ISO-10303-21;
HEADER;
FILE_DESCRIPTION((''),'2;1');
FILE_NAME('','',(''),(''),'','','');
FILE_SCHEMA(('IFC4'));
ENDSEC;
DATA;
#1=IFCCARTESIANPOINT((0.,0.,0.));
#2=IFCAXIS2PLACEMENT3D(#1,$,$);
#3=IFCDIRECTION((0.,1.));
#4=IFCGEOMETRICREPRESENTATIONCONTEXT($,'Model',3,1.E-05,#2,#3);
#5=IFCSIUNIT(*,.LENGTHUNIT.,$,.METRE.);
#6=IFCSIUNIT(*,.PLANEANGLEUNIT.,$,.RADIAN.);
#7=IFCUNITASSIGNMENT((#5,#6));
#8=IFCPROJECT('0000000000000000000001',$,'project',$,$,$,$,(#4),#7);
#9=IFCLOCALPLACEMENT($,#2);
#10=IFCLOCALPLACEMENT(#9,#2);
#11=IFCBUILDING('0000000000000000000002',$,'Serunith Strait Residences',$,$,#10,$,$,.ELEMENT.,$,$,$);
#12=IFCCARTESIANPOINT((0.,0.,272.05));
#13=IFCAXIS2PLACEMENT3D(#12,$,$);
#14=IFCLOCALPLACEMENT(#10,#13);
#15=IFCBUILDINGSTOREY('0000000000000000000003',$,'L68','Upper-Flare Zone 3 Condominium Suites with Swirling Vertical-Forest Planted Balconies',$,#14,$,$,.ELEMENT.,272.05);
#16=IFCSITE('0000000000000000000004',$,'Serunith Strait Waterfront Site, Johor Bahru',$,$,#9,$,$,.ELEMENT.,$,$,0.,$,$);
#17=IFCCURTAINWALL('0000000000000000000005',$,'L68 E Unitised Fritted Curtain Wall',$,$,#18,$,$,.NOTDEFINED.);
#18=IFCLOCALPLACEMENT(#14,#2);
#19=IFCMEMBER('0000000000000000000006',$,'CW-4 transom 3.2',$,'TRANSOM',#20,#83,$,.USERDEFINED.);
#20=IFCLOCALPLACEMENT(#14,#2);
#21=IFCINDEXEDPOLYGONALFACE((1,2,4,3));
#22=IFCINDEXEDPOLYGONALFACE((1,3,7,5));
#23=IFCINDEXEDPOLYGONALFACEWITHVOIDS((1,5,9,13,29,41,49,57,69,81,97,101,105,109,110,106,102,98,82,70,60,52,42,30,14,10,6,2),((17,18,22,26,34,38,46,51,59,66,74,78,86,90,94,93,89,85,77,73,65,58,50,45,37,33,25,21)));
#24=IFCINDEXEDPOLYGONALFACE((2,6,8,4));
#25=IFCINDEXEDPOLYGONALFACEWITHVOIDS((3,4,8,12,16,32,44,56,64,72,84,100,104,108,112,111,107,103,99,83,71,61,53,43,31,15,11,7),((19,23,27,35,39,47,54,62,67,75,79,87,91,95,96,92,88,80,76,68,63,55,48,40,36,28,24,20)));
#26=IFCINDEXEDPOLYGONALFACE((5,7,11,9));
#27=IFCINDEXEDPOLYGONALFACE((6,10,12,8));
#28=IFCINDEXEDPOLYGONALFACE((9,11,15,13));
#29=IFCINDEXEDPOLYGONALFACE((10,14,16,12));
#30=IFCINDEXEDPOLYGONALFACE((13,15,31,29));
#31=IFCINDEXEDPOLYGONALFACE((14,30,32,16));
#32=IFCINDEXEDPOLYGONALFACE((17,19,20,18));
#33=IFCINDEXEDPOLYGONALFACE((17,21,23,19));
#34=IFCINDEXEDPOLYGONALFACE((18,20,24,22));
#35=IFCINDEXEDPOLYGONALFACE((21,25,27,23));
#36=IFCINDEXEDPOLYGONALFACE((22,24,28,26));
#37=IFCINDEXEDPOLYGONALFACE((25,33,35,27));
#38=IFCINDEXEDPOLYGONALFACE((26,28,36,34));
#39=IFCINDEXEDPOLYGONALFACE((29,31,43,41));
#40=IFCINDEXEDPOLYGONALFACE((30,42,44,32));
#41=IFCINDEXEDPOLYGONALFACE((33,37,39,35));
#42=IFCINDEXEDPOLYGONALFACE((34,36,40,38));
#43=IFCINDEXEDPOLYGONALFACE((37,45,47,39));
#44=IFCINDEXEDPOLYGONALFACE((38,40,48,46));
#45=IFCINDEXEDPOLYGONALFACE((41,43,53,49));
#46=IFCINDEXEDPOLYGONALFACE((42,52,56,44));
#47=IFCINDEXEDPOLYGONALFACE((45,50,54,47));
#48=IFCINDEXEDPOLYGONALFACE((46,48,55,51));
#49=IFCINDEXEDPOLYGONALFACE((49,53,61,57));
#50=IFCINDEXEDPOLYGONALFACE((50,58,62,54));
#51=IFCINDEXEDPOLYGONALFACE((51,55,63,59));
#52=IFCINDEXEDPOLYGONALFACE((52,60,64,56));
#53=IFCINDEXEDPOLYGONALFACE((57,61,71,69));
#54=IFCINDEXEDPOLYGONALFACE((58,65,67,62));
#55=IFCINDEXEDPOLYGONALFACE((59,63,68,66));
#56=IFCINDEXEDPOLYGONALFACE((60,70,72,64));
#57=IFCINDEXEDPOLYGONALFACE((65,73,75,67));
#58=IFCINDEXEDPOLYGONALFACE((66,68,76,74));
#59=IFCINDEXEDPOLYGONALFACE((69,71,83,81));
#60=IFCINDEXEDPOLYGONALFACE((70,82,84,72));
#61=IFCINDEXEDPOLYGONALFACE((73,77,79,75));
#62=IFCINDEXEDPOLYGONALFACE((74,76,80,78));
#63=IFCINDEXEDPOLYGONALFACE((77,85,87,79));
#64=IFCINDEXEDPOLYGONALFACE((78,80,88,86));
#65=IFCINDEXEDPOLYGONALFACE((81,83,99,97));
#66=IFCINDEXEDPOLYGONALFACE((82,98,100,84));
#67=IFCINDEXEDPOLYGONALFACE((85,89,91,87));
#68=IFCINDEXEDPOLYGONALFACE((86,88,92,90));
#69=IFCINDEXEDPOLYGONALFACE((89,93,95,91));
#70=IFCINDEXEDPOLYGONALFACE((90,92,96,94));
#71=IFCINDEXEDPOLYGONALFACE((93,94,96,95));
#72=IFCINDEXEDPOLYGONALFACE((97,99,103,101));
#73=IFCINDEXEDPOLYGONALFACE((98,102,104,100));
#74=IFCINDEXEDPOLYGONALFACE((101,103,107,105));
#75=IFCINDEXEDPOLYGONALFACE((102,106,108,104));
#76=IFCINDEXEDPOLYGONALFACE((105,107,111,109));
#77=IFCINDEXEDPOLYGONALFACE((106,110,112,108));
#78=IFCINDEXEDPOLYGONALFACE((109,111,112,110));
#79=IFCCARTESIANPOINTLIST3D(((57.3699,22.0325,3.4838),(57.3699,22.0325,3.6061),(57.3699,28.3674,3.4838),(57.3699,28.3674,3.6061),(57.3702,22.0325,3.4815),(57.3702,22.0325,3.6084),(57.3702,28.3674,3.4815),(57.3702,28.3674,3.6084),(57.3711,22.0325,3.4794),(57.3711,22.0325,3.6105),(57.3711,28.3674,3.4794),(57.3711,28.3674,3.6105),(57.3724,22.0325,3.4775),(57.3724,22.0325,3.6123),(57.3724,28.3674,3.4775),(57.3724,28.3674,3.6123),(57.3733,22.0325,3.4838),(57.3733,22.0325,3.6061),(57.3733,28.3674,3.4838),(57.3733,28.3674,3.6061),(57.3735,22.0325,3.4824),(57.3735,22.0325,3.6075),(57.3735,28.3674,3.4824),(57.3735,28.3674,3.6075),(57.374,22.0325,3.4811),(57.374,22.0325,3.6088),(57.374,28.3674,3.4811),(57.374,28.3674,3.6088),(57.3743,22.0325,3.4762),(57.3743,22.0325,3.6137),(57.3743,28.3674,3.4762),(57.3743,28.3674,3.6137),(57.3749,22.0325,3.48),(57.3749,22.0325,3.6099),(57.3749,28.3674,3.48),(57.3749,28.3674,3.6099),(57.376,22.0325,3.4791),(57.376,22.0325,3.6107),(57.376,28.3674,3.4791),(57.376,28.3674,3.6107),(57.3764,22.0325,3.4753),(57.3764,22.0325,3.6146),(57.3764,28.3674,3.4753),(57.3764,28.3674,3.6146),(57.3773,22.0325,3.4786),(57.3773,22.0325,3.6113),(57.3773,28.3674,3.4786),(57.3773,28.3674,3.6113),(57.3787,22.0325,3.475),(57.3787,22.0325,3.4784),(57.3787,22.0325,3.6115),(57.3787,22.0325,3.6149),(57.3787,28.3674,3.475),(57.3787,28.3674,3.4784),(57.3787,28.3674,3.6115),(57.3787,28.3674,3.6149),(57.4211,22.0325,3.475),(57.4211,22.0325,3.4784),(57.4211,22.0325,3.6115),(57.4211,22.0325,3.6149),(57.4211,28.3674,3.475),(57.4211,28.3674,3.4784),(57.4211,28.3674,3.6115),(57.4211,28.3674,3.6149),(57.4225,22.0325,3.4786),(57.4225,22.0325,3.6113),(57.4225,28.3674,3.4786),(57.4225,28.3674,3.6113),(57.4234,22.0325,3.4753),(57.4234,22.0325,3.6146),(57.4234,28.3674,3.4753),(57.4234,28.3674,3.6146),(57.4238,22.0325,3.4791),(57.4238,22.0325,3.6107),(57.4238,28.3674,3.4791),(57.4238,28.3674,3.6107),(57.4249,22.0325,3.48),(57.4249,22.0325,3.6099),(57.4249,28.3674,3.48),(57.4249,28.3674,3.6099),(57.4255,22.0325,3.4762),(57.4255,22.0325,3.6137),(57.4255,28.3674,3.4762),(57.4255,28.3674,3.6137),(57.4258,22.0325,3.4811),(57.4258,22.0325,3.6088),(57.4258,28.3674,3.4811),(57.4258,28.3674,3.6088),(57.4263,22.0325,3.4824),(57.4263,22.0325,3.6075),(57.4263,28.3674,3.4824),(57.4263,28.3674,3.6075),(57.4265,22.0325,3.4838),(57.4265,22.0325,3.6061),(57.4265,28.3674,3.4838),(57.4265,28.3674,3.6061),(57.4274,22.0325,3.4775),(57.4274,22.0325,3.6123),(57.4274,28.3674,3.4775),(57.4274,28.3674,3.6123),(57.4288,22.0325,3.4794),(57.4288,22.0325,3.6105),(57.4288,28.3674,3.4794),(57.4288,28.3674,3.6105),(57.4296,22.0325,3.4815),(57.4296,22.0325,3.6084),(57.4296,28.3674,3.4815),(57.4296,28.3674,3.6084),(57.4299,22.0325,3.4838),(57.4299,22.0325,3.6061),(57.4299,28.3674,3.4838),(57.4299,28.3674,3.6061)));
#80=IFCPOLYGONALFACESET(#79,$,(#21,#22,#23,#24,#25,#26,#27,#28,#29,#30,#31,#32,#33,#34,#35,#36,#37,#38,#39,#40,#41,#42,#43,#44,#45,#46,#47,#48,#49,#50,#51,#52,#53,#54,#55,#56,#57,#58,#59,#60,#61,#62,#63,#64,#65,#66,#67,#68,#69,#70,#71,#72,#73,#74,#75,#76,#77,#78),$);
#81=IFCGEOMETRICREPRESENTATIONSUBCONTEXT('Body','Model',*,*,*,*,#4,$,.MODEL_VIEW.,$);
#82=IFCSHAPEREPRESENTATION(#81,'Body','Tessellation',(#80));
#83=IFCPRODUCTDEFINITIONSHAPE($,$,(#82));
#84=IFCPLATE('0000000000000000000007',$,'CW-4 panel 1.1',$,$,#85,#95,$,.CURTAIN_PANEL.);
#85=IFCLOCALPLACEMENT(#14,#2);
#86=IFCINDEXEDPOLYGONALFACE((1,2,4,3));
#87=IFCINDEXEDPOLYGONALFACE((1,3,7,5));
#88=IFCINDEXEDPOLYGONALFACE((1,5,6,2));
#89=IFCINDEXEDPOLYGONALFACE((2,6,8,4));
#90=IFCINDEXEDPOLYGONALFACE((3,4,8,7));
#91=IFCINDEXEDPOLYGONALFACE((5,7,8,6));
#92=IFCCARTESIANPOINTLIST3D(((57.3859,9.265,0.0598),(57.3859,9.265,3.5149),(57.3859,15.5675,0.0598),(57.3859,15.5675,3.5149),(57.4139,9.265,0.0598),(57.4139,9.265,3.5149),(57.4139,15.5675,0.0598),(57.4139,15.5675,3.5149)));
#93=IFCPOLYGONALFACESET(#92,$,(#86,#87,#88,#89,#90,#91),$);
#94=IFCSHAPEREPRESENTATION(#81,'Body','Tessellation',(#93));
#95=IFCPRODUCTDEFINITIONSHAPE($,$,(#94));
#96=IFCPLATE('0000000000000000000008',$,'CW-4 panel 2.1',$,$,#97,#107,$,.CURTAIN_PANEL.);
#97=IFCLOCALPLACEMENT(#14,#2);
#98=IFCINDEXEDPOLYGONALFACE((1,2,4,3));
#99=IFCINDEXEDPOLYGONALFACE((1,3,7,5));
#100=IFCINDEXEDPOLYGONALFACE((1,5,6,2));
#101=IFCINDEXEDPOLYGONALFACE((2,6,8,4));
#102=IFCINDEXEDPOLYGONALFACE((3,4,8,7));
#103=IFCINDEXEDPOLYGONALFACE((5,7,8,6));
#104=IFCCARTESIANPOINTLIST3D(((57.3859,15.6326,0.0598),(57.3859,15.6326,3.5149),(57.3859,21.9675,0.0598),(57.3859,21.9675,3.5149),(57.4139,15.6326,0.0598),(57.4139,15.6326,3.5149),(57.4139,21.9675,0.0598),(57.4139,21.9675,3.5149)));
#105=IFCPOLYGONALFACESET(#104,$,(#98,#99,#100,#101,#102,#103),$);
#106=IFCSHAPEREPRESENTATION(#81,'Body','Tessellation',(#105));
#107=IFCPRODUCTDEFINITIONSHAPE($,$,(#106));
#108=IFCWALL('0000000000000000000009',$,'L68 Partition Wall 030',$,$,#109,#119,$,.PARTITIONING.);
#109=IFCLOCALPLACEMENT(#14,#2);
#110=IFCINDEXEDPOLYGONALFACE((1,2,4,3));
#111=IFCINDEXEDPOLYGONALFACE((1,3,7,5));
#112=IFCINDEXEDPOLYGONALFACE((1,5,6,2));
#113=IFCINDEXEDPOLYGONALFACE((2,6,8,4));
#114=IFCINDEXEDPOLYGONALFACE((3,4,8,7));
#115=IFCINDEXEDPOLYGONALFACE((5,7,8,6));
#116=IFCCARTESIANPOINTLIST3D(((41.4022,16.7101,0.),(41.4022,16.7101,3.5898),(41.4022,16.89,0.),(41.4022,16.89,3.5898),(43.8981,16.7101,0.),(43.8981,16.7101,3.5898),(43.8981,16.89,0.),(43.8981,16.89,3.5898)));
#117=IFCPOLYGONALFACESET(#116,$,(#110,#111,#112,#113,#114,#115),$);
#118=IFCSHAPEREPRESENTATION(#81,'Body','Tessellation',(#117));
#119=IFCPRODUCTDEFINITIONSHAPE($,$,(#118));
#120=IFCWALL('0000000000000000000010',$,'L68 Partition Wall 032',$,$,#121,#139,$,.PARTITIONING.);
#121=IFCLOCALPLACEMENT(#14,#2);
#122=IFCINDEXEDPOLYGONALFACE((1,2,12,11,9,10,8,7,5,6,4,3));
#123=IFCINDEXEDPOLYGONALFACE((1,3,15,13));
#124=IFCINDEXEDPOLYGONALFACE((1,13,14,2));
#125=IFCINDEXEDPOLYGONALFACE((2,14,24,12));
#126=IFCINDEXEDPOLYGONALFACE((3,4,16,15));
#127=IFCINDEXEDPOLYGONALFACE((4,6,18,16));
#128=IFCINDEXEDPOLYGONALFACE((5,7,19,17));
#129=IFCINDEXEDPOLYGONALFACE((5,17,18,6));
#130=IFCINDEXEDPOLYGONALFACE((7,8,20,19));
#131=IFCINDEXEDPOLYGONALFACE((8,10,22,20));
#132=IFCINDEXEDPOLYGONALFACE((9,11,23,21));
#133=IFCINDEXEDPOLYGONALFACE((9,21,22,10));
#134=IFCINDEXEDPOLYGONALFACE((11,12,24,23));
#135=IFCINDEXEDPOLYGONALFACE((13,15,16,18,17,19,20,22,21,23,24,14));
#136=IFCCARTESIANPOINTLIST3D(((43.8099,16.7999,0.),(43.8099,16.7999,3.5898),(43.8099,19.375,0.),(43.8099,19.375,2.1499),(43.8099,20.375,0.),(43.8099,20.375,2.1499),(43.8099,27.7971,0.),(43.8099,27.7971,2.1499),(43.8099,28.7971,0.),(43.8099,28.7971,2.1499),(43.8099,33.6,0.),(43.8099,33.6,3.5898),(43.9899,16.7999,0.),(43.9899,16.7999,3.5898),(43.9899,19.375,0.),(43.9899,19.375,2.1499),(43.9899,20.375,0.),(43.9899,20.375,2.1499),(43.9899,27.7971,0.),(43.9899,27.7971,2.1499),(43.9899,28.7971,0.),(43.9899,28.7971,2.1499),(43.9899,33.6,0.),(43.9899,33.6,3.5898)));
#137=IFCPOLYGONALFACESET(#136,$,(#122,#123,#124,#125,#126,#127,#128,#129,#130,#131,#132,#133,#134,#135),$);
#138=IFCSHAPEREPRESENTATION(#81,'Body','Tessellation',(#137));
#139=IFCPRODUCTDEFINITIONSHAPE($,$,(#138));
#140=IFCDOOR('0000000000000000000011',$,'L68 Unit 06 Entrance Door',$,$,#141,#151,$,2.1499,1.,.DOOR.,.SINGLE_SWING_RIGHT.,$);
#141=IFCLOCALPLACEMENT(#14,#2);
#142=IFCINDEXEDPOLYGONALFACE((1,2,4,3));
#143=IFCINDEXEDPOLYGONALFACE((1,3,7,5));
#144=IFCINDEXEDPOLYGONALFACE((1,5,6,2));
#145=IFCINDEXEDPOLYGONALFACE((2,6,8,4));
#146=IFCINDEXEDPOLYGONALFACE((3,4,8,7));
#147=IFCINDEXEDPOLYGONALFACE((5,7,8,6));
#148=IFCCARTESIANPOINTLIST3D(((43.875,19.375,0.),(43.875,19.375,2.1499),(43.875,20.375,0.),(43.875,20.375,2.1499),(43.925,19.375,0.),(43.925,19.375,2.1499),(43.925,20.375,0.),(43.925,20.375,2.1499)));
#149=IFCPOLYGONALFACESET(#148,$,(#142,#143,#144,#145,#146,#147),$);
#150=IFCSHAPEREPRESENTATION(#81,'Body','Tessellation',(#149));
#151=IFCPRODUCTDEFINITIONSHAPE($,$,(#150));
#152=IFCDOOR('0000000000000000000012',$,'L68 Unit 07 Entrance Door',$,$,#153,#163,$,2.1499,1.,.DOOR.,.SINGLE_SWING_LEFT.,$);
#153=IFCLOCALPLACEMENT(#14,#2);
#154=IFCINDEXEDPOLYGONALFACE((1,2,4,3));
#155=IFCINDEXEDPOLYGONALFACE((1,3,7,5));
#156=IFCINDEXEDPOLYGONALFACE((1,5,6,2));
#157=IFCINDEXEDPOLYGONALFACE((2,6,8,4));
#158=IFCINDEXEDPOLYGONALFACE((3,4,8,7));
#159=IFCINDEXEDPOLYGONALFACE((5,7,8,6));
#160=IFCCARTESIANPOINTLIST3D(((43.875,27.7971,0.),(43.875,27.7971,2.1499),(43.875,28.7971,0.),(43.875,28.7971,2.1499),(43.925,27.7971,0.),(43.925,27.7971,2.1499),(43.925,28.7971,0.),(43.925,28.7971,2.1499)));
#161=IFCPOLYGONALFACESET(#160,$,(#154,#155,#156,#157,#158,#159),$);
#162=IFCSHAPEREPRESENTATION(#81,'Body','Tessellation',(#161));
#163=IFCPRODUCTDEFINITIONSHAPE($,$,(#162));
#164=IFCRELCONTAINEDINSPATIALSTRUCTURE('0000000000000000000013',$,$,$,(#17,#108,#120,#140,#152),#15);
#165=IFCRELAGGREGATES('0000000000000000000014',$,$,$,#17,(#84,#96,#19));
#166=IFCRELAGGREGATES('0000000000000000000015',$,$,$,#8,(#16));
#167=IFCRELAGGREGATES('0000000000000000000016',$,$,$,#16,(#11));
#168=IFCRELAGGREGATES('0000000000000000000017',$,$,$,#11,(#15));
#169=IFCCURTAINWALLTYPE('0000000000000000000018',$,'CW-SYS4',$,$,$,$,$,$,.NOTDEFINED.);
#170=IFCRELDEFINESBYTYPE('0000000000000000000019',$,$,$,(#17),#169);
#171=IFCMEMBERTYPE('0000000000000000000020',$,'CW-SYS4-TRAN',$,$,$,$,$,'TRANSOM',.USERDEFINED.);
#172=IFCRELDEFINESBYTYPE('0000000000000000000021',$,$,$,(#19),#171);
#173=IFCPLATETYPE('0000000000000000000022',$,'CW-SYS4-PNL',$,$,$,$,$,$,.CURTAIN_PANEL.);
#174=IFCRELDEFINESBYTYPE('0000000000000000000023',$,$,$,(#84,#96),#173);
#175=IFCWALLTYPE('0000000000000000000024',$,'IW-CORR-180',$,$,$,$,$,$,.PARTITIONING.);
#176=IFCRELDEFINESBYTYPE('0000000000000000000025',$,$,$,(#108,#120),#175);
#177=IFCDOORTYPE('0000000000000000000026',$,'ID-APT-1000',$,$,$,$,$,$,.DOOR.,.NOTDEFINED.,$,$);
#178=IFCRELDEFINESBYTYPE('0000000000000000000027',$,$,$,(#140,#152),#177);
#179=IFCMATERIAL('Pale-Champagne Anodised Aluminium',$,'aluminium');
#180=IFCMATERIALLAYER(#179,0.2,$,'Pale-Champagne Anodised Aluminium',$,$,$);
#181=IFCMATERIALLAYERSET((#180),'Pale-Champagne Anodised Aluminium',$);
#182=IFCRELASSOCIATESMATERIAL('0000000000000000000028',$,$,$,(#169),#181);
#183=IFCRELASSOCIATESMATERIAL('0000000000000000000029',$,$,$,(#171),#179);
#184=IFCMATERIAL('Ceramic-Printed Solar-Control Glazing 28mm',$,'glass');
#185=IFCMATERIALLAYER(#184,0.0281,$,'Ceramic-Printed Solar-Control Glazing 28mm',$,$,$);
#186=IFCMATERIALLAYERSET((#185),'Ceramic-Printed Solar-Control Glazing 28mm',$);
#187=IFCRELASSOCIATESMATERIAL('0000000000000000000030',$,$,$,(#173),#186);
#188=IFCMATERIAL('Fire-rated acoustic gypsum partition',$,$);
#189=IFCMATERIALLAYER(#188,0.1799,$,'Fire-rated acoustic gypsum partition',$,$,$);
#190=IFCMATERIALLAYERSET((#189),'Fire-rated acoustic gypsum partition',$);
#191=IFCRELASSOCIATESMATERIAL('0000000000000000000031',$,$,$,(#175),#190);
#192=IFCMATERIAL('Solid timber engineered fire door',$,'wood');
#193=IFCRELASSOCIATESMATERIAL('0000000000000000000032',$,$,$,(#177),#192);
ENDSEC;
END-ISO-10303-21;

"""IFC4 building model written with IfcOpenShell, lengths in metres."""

from ifc_helpers import new_model, si_unit, direction, frame, frame_2d, origin, origin_2d, place, context, subcontext, project, spatial, rectangle, hollow_rectangle, extrude, source, transform, mapped, material, layer, layer_set, material_profile, profile_set, type_object, element, fill, aggregate, save


model = new_model("IFC4")

# Units and contexts
model_context = context("Model", 3, precision=1e-05, world=origin(), true_north=direction((0.0, 1.0)))
body_context = subcontext(model_context, "Body", "Model", "MODEL_VIEW")
ifc_project = project(units=[si_unit("LENGTHUNIT", "METRE"), si_unit("PLANEANGLEUNIT", "RADIAN")], contexts=[model_context])

# Site, building, storey
site_placement = place(None, origin())
site = spatial("IfcSite", under=ifc_project, at=site_placement, Name="Serunith Strait Waterfront Site, Johor Bahru", CompositionType="ELEMENT", RefElevation=0.0)
building_placement = place(site_placement, origin())
building = spatial("IfcBuilding", under=site, at=building_placement, Name="Serunith Strait Residences", CompositionType="ELEMENT")
storey_placement = place(building_placement, frame((0.0, 0.0, 272.05)))
storey = spatial("IfcBuildingStorey", under=building, at=storey_placement, Name="L68", Description="Upper-Flare Zone 3 Condominium Suites with Swirling Vertical-Forest Planted Balconies", CompositionType="ELEMENT", Elevation=272.05)

# Curtain wall, member, plates
ifc_material_1 = material(Name="Pale-Champagne Anodised Aluminium", Category="aluminium")
ifc_layer_1 = layer(ifc_material_1, 0.2, Name="Pale-Champagne Anodised Aluminium")
ifc_layer_set_1 = layer_set([ifc_layer_1], Name="Pale-Champagne Anodised Aluminium")
curtain_wall_type = type_object("IfcCurtainWallType", Name="CW-SYS4", PredefinedType="NOTDEFINED", material=ifc_layer_set_1)
curtain_wall_placement = place(storey_placement, origin())
curtain_wall = element("IfcCurtainWall", 1, at=curtain_wall_placement, inside=storey, type_object=curtain_wall_type, Name="L68 E Unitised Fritted Curtain Wall", PredefinedType="NOTDEFINED")
ifc_material_profile_1 = material_profile(ifc_material_1, hollow_rectangle(XDim=0.0601, YDim=0.1399, WallThickness=0.0034, InnerFilletRadius=0.0054, OuterFilletRadius=0.0088, at=origin_2d()), Name="ALU 140x60x3.5")
ifc_profile_set_1 = profile_set([ifc_material_profile_1], Name="Pale-Champagne Anodised Aluminium")
member_type_1 = type_object("IfcMemberType", Name="CW-SYS4-TRAN", ElementType="TRANSOM", PredefinedType="USERDEFINED", material=ifc_profile_set_1)
shared_shape_1 = source(origin(), body_context, "Body", "SweptSolid", [
    extrude(hollow_rectangle(XDim=0.0601, YDim=0.1399, WallThickness=0.0034, InnerFilletRadius=0.0054, OuterFilletRadius=0.0088, at=origin_2d()), origin(), (0.0, 0.0, 1.0), 6.335),
])
member_1_placement = place(storey_placement, frame((57.3999, 22.0325, 3.5449), z_axis=(0.0, 1.0, 0.0), x_axis=(-1.0, 0.0, 0.0)))
member_1 = element("IfcMember", 2, at=member_1_placement, type_object=member_type_1, Name="CW-4 transom 3.2", ObjectType="TRANSOM", PredefinedType="USERDEFINED", context=body_context, shape_type="MappedRepresentation", body=[
    mapped(shared_shape_1, transform((0.0, 0.0, 0.0), scale=1.0)),
])
ifc_material_2 = material(Name="Ceramic-Printed Solar-Control Glazing 28mm", Category="glass")
ifc_layer_2 = layer(ifc_material_2, 0.0281, Name="Ceramic-Printed Solar-Control Glazing 28mm")
ifc_layer_set_2 = layer_set([ifc_layer_2], Name="Ceramic-Printed Solar-Control Glazing 28mm")
plate_type = type_object("IfcPlateType", Name="CW-SYS4-PNL", PredefinedType="CURTAIN_PANEL", material=ifc_layer_set_2)
shared_shape_2 = source(origin(), body_context, "Body", "SweptSolid", [
    extrude(rectangle(XDim=6.3025, YDim=0.0281, at=origin_2d()), origin(), (0.0, 0.0, 1.0), 3.4551),
])
plate_1_placement = place(storey_placement, frame((57.3999, 12.4163, 0.0598), z_axis=(0.0, 0.0, 1.0), x_axis=(0.0, 1.0, 0.0)))
plate_1 = element("IfcPlate", 3, at=plate_1_placement, type_object=plate_type, Name="CW-4 panel 1.1", PredefinedType="CURTAIN_PANEL", context=body_context, shape_type="MappedRepresentation", body=[
    mapped(shared_shape_2, transform((0.0, 0.0, 0.0), scale=1.0)),
])
shared_shape_3 = source(origin(), body_context, "Body", "SweptSolid", [
    extrude(rectangle(XDim=6.335, YDim=0.0281, at=origin_2d()), origin(), (0.0, 0.0, 1.0), 3.4551),
])
plate_2_placement = place(storey_placement, frame((57.3999, 18.8, 0.0598), z_axis=(0.0, 0.0, 1.0), x_axis=(0.0, 1.0, 0.0)))
plate_2 = element("IfcPlate", 4, at=plate_2_placement, type_object=plate_type, Name="CW-4 panel 2.1", PredefinedType="CURTAIN_PANEL", context=body_context, shape_type="MappedRepresentation", body=[
    mapped(shared_shape_3, transform((0.0, 0.0, 0.0), scale=1.0)),
])
aggregate(curtain_wall, [plate_1, plate_2, member_1])

# Wall
ifc_material_3 = material(Name="Fire-rated acoustic gypsum partition")
ifc_layer_3 = layer(ifc_material_3, 0.1799, Name="Fire-rated acoustic gypsum partition")
ifc_layer_set_3 = layer_set([ifc_layer_3], Name="Fire-rated acoustic gypsum partition")
wall_type_1 = type_object("IfcWallType", Name="IW-CORR-180", PredefinedType="PARTITIONING", material=ifc_layer_set_3)
wall_1_placement = place(storey_placement, frame((41.4021, 16.8, 0.0), z_axis=(0.0, 0.0, 1.0), x_axis=(1.0, 0.0, 0.0)))
element("IfcWall", 5, at=wall_1_placement, inside=storey, type_object=wall_type_1, Name="L68 Partition Wall 030", PredefinedType="PARTITIONING", context=body_context, shape_type="SweptSolid", body=[
    extrude(rectangle(XDim=2.4958, YDim=0.1799, at=frame_2d((1.248, 0.0))), origin(), (0.0, 0.0, 1.0), 3.5898),
])

# Wall, openings, doors
wall_2_placement = place(storey_placement, frame((43.8999, 16.8, 0.0), z_axis=(0.0, 0.0, 1.0), x_axis=(0.0, 1.0, 0.0)))
wall_2 = element("IfcWall", 6, at=wall_2_placement, inside=storey, type_object=wall_type_1, Name="L68 Partition Wall 032", PredefinedType="PARTITIONING", context=body_context, shape_type="SweptSolid", body=[
    extrude(rectangle(XDim=16.8, YDim=0.1799, at=frame_2d((8.3999, 0.0))), origin(), (0.0, 0.0, 1.0), 3.5898),
])
opening_1_placement = place(wall_2_placement, frame((2.575, 0.0, 0.0)))
opening_1 = element("IfcOpeningElement", 7, at=opening_1_placement, cuts=wall_2, PredefinedType="OPENING", context=body_context, shape_type="SweptSolid", body=[
    extrude(rectangle(XDim=1.0, YDim=2.1499, at=frame_2d((0.5, 1.075))), frame((0.0, 0.1001, 0.0), z_axis=(0.0, -1.0, 0.0), x_axis=(1.0, 0.0, 0.0)), (0.0, 0.0, 1.0), 0.2),
])
opening_2_placement = place(wall_2_placement, frame((10.9971, 0.0, 0.0)))
opening_2 = element("IfcOpeningElement", 8, at=opening_2_placement, cuts=wall_2, PredefinedType="OPENING", context=body_context, shape_type="SweptSolid", body=[
    extrude(rectangle(XDim=1.0, YDim=2.1499, at=frame_2d((0.5, 1.075))), frame((0.0, 0.1001, 0.0), z_axis=(0.0, -1.0, 0.0), x_axis=(1.0, 0.0, 0.0)), (0.0, 0.0, 1.0), 0.2),
])
ifc_material_4 = material(Name="Solid timber engineered fire door", Category="wood")
door_type_1 = type_object("IfcDoorType", Name="ID-APT-1000", OperationType="NOTDEFINED", PredefinedType="DOOR", material=ifc_material_4)
shared_shape_4 = source(origin(), body_context, "Body", "SweptSolid", [
    extrude(rectangle(XDim=1.0, YDim=2.1499, at=frame_2d((0.5, 1.075))), frame((0.0, 0.0249, 0.0), z_axis=(0.0, -1.0, 0.0), x_axis=(1.0, 0.0, 0.0)), (0.0, 0.0, 1.0), 0.05),
])
door_1_placement = place(opening_1_placement, origin())
door_1 = element("IfcDoor", 9, at=door_1_placement, inside=storey, type_object=door_type_1, Name="L68 Unit 06 Entrance Door", OperationType="SINGLE_SWING_RIGHT", OverallHeight=2.1499, OverallWidth=1.0, PredefinedType="DOOR", context=body_context, shape_type="MappedRepresentation", body=[
    mapped(shared_shape_4, transform((0.0, 0.0, 0.0), scale=1.0)),
])
fill(opening_1, door_1)
door_2_placement = place(opening_2_placement, origin())
door_2 = element("IfcDoor", 10, at=door_2_placement, inside=storey, type_object=door_type_1, Name="L68 Unit 07 Entrance Door", OperationType="SINGLE_SWING_LEFT", OverallHeight=2.1499, OverallWidth=1.0, PredefinedType="DOOR", context=body_context, shape_type="MappedRepresentation", body=[
    mapped(shared_shape_4, transform((0.0, 0.0, 0.0), scale=1.0)),
])
fill(opening_2, door_2)

save(model, "model.ifc")
